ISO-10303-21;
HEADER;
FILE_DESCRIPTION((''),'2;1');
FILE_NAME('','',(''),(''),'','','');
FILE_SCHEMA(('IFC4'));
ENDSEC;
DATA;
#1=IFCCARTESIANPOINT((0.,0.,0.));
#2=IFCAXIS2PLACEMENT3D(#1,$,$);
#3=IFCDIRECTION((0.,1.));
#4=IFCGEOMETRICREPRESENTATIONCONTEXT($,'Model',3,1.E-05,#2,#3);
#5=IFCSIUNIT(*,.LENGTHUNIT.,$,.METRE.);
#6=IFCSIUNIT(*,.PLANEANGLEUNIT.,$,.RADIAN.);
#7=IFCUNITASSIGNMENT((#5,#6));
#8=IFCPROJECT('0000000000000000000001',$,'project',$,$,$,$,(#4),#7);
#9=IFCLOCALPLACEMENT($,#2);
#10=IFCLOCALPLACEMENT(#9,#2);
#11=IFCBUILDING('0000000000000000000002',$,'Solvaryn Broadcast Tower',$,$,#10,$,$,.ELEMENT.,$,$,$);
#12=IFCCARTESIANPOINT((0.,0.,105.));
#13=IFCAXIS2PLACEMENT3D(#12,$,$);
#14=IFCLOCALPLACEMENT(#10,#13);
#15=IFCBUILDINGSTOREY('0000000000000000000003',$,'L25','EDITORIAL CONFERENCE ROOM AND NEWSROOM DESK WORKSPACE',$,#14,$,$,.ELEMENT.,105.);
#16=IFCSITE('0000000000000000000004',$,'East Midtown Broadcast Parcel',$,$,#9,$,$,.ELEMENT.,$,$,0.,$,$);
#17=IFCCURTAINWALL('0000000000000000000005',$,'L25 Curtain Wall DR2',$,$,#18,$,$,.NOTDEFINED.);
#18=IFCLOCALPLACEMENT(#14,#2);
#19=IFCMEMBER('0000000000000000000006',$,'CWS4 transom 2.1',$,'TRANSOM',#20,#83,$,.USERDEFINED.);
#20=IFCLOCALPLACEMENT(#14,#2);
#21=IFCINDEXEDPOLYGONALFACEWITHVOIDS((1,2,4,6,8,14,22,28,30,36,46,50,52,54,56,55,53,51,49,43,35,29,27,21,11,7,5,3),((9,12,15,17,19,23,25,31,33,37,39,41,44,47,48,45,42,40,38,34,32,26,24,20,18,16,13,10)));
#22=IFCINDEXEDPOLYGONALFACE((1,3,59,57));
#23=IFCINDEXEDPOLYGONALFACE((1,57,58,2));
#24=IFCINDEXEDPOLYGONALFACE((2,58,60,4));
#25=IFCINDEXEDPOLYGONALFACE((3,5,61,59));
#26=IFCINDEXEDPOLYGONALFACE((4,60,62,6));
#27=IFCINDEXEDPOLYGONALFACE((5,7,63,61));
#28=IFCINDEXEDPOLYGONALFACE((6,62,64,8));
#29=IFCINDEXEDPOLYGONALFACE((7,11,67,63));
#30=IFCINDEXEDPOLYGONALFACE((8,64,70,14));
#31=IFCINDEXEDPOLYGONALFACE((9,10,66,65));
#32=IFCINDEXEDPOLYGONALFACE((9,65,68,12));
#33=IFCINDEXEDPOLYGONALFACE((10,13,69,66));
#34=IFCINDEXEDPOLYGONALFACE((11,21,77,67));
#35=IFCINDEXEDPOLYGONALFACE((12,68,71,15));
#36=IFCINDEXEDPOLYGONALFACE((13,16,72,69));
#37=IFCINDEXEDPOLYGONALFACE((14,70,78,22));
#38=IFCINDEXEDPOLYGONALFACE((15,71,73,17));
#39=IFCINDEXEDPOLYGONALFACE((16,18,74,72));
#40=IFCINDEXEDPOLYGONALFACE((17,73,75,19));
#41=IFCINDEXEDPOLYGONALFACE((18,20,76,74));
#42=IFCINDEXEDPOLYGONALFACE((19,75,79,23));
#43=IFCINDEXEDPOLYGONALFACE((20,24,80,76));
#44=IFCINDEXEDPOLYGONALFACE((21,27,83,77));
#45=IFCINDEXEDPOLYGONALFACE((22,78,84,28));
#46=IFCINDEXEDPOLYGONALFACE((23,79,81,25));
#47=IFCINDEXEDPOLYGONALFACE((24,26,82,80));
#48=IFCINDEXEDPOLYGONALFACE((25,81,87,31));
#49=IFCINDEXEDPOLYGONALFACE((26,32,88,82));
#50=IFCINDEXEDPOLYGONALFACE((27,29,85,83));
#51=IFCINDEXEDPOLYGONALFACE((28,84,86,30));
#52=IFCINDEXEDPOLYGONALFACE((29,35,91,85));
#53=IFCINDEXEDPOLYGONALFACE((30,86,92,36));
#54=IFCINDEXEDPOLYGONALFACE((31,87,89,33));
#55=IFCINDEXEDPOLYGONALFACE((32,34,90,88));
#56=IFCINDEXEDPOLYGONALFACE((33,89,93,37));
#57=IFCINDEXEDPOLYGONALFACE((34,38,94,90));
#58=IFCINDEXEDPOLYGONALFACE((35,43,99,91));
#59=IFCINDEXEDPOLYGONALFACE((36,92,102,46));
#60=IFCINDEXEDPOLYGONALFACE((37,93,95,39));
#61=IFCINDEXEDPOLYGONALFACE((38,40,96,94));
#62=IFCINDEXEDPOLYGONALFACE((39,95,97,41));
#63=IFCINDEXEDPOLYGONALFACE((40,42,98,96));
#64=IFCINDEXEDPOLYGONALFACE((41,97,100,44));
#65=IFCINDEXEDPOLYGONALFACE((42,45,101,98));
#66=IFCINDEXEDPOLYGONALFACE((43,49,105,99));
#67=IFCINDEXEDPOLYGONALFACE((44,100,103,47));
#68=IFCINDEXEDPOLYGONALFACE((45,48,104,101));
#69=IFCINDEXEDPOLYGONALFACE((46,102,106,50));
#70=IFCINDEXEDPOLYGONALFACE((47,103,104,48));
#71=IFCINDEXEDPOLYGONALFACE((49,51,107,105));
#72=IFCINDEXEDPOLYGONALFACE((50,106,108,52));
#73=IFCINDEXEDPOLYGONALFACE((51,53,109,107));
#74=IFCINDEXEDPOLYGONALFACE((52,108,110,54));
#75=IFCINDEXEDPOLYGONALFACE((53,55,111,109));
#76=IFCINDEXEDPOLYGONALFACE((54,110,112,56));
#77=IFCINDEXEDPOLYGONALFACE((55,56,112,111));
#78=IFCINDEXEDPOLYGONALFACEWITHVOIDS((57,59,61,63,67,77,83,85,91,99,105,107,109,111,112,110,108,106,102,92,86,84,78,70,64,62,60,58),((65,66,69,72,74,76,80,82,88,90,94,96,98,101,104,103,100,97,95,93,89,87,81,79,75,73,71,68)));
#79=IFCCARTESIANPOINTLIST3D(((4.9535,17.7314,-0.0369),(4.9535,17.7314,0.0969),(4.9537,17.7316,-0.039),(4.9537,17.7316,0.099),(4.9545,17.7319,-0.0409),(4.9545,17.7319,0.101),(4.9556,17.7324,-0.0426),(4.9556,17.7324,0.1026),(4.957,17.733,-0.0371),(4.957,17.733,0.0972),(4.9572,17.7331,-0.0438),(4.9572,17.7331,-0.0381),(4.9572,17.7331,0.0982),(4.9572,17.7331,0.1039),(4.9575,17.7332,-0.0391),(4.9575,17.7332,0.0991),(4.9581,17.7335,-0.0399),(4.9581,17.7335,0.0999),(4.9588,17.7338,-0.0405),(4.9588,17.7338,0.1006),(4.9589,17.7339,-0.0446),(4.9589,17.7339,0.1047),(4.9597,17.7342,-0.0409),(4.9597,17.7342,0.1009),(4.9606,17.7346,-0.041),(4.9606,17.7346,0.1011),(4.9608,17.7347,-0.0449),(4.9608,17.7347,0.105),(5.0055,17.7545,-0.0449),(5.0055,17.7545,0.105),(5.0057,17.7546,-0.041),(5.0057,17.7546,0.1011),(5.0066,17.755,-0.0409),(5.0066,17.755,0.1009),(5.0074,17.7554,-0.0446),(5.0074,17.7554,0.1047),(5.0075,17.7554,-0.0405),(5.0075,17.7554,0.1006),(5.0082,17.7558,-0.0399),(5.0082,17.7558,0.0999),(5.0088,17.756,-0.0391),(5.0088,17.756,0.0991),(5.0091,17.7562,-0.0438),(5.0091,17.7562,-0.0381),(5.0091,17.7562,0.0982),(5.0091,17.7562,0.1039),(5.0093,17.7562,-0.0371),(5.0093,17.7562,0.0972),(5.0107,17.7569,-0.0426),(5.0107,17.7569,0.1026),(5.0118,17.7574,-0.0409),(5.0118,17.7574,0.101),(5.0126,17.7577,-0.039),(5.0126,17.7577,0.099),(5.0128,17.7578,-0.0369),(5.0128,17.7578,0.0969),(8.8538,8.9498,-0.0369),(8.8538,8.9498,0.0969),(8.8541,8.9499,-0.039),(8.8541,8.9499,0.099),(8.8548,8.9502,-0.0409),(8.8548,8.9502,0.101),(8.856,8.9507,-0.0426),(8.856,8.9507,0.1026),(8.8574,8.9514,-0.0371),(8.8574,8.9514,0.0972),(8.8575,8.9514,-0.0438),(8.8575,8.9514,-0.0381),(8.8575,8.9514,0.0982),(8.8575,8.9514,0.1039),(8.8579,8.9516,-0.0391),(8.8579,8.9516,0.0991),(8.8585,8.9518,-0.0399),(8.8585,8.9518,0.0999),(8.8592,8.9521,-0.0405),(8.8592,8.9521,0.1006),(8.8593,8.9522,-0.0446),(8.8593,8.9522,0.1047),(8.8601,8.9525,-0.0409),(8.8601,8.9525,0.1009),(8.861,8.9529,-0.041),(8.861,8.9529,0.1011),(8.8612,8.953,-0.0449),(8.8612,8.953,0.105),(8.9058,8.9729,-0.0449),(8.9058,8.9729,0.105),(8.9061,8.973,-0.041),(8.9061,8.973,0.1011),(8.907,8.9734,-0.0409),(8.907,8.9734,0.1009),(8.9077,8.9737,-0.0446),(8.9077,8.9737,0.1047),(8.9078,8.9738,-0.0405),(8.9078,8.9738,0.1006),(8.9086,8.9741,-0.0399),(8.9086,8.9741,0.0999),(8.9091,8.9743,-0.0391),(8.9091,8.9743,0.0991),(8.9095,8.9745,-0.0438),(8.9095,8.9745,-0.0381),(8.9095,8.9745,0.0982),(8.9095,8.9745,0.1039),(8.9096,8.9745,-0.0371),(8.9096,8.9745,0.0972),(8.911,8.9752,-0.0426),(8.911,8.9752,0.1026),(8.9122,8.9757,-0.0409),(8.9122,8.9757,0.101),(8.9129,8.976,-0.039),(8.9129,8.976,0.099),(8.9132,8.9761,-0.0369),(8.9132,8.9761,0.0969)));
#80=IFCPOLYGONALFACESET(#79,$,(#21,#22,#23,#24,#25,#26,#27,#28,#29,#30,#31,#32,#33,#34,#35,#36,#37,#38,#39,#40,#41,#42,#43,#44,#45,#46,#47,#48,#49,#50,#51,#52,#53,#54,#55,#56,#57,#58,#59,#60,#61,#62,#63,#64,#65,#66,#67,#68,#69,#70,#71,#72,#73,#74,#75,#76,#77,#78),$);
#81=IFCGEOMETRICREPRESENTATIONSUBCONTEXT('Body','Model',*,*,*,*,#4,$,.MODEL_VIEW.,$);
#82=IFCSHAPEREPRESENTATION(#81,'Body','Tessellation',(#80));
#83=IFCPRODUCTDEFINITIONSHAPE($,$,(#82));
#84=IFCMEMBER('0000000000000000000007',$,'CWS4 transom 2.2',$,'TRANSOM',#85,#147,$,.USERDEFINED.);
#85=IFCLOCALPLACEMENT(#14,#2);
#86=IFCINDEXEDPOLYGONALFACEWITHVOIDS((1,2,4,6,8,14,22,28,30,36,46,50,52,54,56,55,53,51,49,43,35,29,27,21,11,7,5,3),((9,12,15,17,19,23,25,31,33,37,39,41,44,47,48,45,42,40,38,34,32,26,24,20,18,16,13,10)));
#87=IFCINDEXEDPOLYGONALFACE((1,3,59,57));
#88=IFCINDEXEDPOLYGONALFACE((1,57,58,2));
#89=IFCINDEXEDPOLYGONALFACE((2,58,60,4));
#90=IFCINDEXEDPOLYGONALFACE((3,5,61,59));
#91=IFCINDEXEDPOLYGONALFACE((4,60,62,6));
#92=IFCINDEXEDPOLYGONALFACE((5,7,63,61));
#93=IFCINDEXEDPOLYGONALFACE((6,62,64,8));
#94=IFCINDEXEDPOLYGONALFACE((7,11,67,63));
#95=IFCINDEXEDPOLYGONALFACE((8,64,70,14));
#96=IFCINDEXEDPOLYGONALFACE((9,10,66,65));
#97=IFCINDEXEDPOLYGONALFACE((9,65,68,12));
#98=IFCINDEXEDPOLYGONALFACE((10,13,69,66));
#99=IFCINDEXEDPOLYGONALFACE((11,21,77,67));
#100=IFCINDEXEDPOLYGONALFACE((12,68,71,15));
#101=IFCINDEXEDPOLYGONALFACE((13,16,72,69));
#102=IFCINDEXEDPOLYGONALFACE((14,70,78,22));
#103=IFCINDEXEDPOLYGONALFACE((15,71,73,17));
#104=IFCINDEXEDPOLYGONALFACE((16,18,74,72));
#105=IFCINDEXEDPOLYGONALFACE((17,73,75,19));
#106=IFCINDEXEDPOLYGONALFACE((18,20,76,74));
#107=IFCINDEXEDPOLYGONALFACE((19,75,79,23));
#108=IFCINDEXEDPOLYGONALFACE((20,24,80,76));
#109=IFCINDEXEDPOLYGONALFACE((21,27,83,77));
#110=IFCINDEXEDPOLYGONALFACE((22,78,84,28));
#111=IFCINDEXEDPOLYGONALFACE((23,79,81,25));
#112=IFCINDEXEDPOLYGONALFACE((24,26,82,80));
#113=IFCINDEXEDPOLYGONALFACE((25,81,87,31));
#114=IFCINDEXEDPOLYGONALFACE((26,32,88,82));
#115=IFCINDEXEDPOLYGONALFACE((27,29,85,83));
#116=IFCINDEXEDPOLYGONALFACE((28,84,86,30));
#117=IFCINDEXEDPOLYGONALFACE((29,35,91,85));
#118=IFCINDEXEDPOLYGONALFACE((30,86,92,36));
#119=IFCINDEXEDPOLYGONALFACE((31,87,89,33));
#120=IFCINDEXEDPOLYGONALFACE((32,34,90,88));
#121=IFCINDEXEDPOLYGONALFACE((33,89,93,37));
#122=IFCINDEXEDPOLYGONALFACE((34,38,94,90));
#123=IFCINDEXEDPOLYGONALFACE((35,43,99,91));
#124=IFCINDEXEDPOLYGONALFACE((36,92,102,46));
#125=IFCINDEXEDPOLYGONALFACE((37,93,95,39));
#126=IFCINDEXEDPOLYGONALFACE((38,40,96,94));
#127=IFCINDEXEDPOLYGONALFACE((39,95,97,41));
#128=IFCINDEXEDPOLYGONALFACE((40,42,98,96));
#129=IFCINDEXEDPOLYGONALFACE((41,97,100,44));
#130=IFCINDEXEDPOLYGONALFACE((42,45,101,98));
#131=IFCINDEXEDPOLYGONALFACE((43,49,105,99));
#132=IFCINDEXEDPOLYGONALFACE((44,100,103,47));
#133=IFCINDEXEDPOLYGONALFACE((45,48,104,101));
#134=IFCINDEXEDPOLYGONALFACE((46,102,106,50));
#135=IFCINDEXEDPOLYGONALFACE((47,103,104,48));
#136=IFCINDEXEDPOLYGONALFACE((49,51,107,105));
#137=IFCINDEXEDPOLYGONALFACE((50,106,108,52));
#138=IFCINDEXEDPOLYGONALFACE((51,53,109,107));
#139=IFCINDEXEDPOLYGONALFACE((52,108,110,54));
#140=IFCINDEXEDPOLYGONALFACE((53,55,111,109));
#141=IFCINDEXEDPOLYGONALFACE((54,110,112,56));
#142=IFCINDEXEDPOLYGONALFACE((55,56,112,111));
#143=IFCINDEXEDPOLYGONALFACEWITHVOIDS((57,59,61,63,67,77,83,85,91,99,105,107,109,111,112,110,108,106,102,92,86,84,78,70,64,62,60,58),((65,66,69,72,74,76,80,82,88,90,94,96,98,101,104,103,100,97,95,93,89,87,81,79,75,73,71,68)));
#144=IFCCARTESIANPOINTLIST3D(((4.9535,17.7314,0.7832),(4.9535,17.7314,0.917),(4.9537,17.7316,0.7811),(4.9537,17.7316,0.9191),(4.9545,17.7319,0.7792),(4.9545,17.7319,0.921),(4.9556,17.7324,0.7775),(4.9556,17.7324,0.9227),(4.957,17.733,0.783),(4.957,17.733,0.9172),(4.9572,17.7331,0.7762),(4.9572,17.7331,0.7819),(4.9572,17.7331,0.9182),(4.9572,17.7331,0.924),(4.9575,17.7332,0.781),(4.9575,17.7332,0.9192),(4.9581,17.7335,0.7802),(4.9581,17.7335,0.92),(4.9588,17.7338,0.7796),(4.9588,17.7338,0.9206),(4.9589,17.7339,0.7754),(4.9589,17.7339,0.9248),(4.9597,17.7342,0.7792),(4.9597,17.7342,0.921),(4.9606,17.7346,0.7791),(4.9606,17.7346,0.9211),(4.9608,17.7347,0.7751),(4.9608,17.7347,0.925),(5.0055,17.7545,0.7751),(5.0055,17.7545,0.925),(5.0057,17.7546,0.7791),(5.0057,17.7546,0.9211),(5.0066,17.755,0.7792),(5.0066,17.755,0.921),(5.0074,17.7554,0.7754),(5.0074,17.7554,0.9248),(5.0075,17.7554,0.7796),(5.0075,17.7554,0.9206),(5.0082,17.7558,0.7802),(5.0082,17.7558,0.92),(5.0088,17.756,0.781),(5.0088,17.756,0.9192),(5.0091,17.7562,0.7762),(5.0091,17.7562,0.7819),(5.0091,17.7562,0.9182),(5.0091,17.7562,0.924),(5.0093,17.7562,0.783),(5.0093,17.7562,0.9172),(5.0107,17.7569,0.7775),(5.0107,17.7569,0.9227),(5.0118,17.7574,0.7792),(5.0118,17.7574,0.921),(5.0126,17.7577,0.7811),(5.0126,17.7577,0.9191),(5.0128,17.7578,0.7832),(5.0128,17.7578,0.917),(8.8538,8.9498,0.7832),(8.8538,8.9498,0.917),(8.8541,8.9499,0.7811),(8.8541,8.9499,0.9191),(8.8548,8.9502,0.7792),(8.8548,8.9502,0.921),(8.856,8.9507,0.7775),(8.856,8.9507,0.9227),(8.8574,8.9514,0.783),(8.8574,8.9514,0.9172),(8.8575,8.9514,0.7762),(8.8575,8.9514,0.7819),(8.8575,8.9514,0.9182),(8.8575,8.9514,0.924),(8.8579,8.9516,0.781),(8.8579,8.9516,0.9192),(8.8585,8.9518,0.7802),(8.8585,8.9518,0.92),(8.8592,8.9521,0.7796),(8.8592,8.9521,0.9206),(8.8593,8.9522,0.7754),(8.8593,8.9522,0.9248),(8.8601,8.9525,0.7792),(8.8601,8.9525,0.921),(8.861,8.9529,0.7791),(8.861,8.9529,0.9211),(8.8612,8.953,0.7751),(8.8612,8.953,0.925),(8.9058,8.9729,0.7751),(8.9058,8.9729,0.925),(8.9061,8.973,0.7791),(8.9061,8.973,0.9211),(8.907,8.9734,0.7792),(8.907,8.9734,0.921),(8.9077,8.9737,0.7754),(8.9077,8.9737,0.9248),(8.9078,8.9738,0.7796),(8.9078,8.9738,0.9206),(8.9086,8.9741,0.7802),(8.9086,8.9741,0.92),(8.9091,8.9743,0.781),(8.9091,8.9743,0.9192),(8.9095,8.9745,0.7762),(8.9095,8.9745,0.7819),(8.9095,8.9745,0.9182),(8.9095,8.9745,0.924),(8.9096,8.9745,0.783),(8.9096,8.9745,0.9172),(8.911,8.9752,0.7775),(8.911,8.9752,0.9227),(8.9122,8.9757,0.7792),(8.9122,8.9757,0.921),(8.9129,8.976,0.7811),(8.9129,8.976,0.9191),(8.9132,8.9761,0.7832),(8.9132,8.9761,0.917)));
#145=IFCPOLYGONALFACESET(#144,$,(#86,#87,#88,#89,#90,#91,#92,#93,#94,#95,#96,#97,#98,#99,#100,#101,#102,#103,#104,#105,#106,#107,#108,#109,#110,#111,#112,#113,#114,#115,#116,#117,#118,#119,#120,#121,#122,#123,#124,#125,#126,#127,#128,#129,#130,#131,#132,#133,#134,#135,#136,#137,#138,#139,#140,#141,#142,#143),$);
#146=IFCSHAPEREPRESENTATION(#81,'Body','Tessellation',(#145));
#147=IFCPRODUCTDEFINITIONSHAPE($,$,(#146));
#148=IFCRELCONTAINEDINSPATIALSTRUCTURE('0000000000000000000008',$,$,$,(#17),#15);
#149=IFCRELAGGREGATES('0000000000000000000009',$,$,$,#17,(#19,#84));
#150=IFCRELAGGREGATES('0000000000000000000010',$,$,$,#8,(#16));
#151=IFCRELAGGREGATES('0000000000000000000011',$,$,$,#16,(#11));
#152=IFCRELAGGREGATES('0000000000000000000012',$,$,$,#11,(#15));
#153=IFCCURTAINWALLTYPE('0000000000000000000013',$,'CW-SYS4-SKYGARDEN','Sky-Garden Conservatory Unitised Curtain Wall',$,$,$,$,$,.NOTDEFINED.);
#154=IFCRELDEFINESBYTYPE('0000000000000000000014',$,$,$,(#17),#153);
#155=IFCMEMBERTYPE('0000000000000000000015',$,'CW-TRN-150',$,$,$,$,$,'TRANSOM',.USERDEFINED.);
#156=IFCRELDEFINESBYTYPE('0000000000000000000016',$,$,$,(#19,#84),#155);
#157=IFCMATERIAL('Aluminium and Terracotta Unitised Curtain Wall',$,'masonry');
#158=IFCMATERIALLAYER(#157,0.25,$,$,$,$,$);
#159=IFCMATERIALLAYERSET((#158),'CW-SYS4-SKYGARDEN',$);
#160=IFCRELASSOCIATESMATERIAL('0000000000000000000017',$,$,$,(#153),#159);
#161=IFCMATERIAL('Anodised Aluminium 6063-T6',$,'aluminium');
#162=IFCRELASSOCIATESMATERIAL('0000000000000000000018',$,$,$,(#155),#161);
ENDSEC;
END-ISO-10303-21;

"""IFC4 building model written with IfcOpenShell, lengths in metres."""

from ifc_helpers import new_model, si_unit, direction, frame, origin, origin_2d, place, context, subcontext, project, spatial, hollow_rectangle, extrude, material, layer, layer_set, material_profile, profile_set, type_object, element, aggregate, save


model = new_model("IFC4")

# Units and contexts
model_context = context("Model", 3, precision=1e-05, world=origin(), true_north=direction((0.0, 1.0)))
body_context = subcontext(model_context, "Body", "Model", "MODEL_VIEW")
ifc_project = project(units=[si_unit("LENGTHUNIT", "METRE"), si_unit("PLANEANGLEUNIT", "RADIAN")], contexts=[model_context])

# Site, building, storey
site_placement = place(None, origin())
site = spatial("IfcSite", under=ifc_project, at=site_placement, Name="East Midtown Broadcast Parcel", CompositionType="ELEMENT", RefElevation=0.0)
building_placement = place(site_placement, origin())
building = spatial("IfcBuilding", under=site, at=building_placement, Name="Solvaryn Broadcast Tower", CompositionType="ELEMENT")
storey_placement = place(building_placement, frame((0.0, 0.0, 105.0)))
storey = spatial("IfcBuildingStorey", under=building, at=storey_placement, Name="L25", Description="EDITORIAL CONFERENCE ROOM AND NEWSROOM DESK WORKSPACE", CompositionType="ELEMENT", Elevation=105.0)

# Shared definitions
ifc_material_1 = material(Name="Aluminium and Terracotta Unitised Curtain Wall", Category="masonry")
ifc_layer_1 = layer(ifc_material_1, 0.25)
ifc_layer_set_1 = layer_set([ifc_layer_1], Name="CW-SYS4-SKYGARDEN")
curtain_wall_type = type_object("IfcCurtainWallType", Name="CW-SYS4-SKYGARDEN", Description="Sky-Garden Conservatory Unitised Curtain Wall", PredefinedType="NOTDEFINED", material=ifc_layer_set_1)

# Curtain wall, members
curtain_wall_1_placement = place(storey_placement, origin())
curtain_wall_1 = element("IfcCurtainWall", 1, at=curtain_wall_1_placement, inside=storey, type_object=curtain_wall_type, Name="L25 Curtain Wall DR2", PredefinedType="NOTDEFINED")
ifc_material_2 = material(Name="Anodised Aluminium 6063-T6", Category="aluminium")
ifc_material_profile_1 = material_profile(ifc_material_2, hollow_rectangle(XDim=0.0649, YDim=0.1499, WallThickness=0.0039, InnerFilletRadius=0.0039, OuterFilletRadius=0.0081, at=origin_2d()))
ifc_profile_set_1 = profile_set([ifc_material_profile_1], Name="Anodised Aluminium 6063-T6")
member_type_1 = type_object("IfcMemberType", Name="CW-TRN-150", ElementType="TRANSOM", PredefinedType="USERDEFINED", material=ifc_profile_set_1)
member_1_placement = place(storey_placement, frame((4.9832, 17.7446, 0.03), z_axis=(0.405912, -0.913912, 0.0), x_axis=(0.913912, 0.405912, 0.0)))
member_1 = element("IfcMember", 2, at=member_1_placement, type_object=member_type_1, Name="CWS4 transom 2.1", ObjectType="TRANSOM", PredefinedType="USERDEFINED", context=body_context, shape_type="SweptSolid", body=[
    extrude(hollow_rectangle(XDim=0.0649, YDim=0.1499, WallThickness=0.0039, InnerFilletRadius=0.0039, OuterFilletRadius=0.0081, at=origin_2d()), origin(), (0.0, 0.0, 1.0), 9.6089),
])
member_2_placement = place(storey_placement, frame((4.9832, 17.7446, 0.8501), z_axis=(0.405912, -0.913912, 0.0), x_axis=(0.913912, 0.405912, 0.0)))
member_2 = element("IfcMember", 3, at=member_2_placement, type_object=member_type_1, Name="CWS4 transom 2.2", ObjectType="TRANSOM", PredefinedType="USERDEFINED", context=body_context, shape_type="SweptSolid", body=[
    extrude(hollow_rectangle(XDim=0.0649, YDim=0.1499, WallThickness=0.0039, InnerFilletRadius=0.0039, OuterFilletRadius=0.0081, at=origin_2d()), origin(), (0.0, 0.0, 1.0), 9.6089),
])
aggregate(curtain_wall_1, [member_1, member_2])

save(model, "model.ifc")
